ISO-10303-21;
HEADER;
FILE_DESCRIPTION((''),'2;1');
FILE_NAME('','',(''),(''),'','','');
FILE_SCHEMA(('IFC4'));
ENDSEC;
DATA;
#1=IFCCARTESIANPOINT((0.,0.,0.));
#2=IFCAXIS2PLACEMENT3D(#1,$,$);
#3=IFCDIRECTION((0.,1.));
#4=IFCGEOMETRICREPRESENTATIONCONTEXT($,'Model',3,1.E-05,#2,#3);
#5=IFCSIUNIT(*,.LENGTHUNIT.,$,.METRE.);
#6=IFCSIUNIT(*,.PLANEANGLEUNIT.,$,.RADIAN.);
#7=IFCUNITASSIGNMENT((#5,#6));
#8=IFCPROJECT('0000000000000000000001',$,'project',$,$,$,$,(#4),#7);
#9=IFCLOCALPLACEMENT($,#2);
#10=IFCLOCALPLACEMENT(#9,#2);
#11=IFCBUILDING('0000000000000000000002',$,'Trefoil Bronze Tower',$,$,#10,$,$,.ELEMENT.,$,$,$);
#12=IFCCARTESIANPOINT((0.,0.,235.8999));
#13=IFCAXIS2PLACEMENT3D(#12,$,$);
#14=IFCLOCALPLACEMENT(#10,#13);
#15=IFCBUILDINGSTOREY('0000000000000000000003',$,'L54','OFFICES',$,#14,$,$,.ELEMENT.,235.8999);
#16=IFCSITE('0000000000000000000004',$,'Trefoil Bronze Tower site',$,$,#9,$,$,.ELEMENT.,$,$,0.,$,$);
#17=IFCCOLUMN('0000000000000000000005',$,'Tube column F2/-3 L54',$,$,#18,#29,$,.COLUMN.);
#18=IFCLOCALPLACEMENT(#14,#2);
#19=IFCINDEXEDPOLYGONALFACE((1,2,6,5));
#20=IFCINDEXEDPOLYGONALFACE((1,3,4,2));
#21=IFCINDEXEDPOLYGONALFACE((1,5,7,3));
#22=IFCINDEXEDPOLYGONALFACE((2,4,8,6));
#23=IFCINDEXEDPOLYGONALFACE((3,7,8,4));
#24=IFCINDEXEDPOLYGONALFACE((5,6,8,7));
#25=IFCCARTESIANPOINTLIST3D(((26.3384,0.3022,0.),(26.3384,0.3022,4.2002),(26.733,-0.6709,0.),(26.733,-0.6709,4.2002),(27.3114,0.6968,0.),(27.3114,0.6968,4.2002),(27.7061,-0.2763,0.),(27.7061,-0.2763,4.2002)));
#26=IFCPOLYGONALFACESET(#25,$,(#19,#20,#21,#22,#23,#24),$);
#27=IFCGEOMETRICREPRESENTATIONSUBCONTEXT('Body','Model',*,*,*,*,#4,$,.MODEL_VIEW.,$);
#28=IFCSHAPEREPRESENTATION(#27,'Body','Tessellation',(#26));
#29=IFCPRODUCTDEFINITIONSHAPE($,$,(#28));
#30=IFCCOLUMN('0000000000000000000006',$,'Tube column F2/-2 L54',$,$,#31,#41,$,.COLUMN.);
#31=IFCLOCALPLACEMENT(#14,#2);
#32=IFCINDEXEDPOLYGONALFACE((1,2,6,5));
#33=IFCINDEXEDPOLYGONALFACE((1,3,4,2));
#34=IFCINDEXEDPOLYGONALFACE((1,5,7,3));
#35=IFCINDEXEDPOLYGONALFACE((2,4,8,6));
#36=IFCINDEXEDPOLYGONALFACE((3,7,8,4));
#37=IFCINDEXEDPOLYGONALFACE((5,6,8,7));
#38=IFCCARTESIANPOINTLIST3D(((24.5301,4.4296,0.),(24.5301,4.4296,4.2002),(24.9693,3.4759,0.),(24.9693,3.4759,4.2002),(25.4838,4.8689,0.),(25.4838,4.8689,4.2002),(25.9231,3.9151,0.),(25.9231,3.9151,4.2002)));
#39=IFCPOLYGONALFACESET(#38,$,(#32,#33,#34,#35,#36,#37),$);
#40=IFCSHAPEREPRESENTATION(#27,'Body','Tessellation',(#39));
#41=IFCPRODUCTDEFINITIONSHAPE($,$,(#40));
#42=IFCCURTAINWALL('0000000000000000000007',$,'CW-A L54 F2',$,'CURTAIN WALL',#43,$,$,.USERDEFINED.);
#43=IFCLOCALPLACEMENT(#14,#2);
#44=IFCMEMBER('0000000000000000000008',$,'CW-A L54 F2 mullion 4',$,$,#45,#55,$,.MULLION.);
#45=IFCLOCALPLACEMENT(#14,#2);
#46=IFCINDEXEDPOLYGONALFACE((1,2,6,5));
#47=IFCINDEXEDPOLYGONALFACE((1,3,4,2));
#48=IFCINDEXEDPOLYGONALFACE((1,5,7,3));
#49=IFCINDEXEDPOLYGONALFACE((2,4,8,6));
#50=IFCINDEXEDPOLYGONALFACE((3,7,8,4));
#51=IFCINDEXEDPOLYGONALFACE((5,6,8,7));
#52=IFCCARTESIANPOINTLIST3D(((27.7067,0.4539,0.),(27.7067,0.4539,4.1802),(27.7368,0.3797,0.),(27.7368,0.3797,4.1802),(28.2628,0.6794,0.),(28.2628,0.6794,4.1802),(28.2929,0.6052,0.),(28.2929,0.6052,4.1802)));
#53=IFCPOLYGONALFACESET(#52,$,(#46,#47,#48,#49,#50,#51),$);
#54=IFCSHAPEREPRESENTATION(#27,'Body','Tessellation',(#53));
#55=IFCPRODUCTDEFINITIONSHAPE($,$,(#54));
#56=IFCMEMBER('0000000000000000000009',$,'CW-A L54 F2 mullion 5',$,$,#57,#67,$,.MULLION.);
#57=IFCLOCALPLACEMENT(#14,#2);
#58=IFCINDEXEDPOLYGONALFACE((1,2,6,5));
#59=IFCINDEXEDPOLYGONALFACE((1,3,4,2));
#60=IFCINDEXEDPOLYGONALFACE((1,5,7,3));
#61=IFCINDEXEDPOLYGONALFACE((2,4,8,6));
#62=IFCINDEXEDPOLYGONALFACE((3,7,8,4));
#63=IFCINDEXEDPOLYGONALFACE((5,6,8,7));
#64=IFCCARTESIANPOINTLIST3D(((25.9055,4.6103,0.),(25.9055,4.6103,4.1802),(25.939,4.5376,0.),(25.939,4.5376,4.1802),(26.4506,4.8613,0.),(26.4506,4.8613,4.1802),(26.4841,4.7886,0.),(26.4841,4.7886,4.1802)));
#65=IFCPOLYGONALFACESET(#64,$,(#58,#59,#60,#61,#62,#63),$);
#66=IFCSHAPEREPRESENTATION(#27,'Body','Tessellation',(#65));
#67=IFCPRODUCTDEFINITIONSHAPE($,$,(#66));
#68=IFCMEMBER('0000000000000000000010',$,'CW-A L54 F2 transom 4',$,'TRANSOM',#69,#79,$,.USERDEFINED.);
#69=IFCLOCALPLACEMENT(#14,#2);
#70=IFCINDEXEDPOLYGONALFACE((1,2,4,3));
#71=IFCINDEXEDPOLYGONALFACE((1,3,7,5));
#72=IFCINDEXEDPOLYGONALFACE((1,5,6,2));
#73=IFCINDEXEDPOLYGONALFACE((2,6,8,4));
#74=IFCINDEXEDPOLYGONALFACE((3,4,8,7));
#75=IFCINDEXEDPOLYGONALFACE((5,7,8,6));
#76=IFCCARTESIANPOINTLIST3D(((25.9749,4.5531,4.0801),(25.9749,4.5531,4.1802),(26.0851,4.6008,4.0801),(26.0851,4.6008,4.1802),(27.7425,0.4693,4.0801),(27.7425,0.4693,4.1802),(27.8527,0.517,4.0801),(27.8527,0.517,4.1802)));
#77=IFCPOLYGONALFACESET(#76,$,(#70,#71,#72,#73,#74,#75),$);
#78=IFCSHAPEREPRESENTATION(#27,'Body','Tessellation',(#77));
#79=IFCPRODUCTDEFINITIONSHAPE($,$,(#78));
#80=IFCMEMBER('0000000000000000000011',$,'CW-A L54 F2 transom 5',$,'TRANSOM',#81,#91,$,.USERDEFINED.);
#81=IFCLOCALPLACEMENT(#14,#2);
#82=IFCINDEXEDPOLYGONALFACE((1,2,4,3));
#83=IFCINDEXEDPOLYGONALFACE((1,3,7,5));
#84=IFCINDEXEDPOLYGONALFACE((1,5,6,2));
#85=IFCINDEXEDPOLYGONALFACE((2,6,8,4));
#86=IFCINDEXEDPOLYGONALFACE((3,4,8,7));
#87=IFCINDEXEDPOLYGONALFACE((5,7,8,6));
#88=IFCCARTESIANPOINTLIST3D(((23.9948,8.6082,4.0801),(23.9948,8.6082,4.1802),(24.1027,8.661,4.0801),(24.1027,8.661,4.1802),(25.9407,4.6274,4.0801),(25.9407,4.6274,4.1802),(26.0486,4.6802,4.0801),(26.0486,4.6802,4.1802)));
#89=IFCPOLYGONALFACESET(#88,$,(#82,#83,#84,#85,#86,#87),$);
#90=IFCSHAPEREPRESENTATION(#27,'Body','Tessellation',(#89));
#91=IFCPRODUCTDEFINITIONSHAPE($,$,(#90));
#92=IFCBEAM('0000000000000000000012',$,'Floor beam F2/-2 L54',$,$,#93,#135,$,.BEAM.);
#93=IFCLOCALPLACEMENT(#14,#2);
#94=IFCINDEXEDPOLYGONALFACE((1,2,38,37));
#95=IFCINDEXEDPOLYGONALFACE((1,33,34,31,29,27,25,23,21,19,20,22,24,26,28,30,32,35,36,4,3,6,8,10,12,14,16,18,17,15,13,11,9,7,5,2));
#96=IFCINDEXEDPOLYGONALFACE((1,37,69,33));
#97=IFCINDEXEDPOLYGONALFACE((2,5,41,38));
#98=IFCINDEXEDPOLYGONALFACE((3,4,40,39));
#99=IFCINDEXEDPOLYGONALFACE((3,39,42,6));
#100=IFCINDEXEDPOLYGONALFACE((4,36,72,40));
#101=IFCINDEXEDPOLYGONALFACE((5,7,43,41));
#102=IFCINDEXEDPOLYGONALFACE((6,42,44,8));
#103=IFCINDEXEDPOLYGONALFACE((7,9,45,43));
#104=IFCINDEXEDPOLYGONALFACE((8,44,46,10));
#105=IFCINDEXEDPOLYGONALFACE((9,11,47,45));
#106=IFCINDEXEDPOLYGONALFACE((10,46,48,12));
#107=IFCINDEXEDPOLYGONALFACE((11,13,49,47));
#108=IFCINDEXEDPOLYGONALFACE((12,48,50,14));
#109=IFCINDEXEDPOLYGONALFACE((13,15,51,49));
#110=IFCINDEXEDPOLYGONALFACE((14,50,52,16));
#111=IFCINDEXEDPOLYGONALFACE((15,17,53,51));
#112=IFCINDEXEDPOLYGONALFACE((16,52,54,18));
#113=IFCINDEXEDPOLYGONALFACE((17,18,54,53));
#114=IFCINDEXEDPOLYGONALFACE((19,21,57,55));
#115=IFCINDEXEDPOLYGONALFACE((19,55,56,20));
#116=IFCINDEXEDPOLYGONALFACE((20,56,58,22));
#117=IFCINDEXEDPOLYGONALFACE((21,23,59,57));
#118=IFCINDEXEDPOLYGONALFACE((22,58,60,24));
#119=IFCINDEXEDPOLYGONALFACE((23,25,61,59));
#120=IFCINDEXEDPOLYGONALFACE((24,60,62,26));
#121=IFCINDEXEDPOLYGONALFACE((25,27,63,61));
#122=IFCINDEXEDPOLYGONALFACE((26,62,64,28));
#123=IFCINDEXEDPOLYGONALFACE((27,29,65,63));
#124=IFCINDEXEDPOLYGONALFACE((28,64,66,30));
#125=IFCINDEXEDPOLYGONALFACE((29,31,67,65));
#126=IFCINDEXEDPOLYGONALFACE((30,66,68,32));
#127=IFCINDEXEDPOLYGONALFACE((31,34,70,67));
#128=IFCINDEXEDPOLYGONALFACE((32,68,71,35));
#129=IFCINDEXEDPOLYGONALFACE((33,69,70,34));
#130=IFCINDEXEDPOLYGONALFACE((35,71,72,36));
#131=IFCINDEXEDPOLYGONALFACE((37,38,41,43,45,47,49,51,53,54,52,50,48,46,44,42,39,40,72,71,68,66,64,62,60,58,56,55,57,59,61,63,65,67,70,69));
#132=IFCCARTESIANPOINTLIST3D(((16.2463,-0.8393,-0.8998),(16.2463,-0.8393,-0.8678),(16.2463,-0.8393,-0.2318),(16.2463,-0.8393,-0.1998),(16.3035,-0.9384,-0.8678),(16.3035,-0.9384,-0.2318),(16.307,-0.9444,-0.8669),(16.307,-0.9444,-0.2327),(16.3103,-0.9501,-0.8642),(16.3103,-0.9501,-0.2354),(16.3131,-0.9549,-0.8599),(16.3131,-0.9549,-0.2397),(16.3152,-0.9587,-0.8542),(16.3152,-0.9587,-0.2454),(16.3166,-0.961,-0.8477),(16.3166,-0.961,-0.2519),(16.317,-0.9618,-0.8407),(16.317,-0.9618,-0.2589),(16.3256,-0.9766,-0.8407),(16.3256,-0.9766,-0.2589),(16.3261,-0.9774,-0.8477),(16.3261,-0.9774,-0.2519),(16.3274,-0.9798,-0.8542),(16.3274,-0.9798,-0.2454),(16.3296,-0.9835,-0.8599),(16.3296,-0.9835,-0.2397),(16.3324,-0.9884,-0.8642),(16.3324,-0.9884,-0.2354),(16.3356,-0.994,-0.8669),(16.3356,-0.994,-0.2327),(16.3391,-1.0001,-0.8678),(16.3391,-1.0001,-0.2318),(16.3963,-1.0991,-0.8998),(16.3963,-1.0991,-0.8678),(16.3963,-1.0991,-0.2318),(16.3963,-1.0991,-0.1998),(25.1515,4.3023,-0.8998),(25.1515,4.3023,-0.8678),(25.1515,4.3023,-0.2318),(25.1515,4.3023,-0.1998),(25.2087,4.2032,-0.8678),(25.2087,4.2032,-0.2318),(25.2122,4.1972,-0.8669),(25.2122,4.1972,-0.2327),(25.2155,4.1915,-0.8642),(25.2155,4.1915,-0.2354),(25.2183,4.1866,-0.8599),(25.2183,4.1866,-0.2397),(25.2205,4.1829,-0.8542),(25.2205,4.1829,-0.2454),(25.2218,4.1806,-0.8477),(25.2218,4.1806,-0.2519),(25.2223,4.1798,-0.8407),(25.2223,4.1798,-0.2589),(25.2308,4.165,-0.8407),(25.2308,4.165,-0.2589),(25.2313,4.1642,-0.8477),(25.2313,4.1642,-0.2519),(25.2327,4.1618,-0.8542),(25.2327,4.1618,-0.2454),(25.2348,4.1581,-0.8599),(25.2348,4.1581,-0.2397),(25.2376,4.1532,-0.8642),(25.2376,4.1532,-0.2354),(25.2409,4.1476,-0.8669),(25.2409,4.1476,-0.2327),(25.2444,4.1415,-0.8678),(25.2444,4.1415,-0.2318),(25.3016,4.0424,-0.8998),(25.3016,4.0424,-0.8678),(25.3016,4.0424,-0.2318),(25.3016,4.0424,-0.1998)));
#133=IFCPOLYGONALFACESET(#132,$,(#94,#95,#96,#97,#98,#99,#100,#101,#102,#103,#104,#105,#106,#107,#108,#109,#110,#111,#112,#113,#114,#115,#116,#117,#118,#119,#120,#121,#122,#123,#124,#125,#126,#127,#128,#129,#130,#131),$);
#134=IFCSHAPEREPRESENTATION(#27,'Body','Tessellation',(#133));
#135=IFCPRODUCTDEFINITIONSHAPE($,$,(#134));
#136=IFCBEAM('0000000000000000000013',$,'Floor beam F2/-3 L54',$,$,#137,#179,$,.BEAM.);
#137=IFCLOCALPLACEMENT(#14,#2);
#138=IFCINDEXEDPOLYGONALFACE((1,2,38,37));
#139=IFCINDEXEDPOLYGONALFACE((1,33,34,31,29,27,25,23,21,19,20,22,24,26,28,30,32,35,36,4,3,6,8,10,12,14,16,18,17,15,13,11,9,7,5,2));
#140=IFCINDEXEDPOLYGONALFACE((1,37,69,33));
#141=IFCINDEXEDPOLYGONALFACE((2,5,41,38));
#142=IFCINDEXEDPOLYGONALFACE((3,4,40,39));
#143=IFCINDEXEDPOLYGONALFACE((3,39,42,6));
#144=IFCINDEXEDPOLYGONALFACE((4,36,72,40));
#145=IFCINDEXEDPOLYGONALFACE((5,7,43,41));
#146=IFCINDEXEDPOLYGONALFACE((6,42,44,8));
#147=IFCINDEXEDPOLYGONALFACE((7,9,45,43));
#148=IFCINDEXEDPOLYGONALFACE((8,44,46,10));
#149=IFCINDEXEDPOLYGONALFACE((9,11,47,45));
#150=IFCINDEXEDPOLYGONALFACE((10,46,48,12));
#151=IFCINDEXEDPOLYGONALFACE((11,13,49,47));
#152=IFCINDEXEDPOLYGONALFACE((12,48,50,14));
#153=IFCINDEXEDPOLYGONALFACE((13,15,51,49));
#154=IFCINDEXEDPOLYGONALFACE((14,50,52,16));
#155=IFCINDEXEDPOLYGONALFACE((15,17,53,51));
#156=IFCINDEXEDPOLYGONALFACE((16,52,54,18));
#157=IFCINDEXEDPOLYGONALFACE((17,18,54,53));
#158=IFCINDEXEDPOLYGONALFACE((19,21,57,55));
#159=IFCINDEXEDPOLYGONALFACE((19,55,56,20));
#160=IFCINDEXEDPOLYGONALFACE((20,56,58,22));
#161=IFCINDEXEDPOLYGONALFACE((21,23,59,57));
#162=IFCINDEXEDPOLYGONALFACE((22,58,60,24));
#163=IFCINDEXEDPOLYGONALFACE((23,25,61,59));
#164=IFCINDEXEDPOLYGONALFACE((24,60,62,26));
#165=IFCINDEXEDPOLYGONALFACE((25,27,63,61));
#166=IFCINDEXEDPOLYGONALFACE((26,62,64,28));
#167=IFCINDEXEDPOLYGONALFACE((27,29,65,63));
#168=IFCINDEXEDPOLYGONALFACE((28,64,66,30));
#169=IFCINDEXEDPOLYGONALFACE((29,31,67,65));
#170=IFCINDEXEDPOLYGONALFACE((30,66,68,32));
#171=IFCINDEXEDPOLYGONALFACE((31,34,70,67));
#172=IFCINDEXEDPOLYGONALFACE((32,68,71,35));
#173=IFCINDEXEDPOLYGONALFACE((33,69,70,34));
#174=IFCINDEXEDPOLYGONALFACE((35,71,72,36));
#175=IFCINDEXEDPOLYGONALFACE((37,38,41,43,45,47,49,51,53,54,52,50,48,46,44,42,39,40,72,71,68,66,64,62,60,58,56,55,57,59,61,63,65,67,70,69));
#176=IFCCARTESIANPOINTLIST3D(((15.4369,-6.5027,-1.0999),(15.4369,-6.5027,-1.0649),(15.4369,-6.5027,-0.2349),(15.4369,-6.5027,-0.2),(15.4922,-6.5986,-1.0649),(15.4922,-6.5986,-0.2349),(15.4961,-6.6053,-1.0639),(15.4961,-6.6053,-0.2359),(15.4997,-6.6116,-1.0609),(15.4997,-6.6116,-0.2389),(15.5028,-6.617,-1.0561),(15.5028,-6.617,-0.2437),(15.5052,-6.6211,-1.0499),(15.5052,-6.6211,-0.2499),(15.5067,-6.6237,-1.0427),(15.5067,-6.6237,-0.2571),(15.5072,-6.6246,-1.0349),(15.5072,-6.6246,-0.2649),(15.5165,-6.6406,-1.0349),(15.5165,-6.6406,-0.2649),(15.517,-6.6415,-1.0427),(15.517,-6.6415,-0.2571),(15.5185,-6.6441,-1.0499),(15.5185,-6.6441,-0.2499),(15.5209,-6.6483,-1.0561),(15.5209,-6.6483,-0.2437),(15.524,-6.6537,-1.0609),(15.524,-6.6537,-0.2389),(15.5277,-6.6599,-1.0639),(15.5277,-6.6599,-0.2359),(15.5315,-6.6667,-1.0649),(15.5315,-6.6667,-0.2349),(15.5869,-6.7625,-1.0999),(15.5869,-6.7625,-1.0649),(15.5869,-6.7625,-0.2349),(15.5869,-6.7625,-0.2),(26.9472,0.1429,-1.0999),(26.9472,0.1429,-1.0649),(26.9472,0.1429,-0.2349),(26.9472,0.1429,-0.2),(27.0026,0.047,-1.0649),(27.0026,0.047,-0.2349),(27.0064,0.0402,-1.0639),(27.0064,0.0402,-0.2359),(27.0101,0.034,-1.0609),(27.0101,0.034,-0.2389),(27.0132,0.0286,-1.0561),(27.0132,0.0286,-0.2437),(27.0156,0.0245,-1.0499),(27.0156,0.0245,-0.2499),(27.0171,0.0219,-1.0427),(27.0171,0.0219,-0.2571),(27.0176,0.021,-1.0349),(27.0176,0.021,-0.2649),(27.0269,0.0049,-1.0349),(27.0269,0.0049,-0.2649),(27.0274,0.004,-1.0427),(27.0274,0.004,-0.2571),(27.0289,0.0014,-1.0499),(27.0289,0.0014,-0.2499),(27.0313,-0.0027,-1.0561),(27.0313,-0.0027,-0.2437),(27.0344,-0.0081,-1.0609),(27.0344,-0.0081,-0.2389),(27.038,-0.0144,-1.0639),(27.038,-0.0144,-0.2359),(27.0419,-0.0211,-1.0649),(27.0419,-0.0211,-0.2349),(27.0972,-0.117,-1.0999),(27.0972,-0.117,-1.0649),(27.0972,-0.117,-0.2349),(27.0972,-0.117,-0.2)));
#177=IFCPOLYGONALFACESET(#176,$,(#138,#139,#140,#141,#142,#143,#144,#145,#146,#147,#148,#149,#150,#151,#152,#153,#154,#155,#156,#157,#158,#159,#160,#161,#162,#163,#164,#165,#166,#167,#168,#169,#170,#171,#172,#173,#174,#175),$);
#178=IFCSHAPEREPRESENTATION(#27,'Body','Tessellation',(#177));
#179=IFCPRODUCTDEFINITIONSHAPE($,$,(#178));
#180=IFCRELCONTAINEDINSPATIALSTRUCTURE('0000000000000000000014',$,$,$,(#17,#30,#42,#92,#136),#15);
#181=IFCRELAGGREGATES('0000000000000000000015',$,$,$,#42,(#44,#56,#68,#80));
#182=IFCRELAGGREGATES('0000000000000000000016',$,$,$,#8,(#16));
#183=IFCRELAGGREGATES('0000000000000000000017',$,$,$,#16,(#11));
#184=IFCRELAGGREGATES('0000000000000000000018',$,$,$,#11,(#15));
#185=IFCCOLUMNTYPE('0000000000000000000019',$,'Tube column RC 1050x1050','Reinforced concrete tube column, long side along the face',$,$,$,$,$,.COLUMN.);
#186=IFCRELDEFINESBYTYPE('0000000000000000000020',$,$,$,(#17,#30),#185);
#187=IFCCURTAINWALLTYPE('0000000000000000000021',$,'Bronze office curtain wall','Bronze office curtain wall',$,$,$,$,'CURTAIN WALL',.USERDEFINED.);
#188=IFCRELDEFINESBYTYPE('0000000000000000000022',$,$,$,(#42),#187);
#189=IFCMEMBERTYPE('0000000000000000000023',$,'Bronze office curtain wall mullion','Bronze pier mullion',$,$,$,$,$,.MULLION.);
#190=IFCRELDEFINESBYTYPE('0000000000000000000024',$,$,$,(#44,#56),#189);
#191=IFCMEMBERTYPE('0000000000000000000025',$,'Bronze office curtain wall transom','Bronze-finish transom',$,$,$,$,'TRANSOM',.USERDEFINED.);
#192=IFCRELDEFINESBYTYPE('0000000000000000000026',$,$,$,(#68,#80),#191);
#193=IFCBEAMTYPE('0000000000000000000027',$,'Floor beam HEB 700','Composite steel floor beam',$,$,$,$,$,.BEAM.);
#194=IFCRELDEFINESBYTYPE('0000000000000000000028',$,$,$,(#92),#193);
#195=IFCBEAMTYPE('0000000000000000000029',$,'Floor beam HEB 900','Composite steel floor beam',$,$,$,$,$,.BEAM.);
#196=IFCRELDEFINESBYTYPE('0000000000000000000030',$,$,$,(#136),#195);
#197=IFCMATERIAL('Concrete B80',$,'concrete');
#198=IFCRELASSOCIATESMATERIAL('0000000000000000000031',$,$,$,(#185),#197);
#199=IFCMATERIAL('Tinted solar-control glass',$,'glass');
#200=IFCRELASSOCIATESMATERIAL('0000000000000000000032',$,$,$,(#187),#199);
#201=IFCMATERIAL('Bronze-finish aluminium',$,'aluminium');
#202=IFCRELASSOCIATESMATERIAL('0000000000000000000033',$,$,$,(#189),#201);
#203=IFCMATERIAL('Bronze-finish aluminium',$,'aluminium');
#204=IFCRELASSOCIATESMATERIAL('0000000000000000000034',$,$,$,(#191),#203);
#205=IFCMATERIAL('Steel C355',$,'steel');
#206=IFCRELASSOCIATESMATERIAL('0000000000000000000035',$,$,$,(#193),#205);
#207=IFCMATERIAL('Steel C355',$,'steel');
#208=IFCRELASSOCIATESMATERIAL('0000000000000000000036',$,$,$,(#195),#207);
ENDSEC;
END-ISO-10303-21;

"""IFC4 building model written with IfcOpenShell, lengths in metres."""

from ifc_helpers import new_model, si_unit, direction, frame, origin, origin_2d, place, context, subcontext, project, spatial, rectangle, i_section, extrude, material, material_profile, profile_set, type_object, element, aggregate, save


model = new_model("IFC4")

# Units and contexts
model_context = context("Model", 3, precision=1e-05, world=origin(), true_north=direction((0.0, 1.0)))
body_context = subcontext(model_context, "Body", "Model", "MODEL_VIEW")
ifc_project = project(units=[si_unit("LENGTHUNIT", "METRE"), si_unit("PLANEANGLEUNIT", "RADIAN")], contexts=[model_context])

# Site, building, storey
site_placement = place(None, origin())
site = spatial("IfcSite", under=ifc_project, at=site_placement, Name="Trefoil Bronze Tower site", CompositionType="ELEMENT", RefElevation=0.0)
building_placement = place(site_placement, origin())
building = spatial("IfcBuilding", under=site, at=building_placement, Name="Trefoil Bronze Tower", CompositionType="ELEMENT")
storey_placement = place(building_placement, frame((0.0, 0.0, 235.8999)))
storey = spatial("IfcBuildingStorey", under=building, at=storey_placement, Name="L54", Description="OFFICES", CompositionType="ELEMENT", Elevation=235.8999)

# Columns
ifc_material_1 = material(Name="Concrete B80", Category="concrete")
ifc_material_profile_1 = material_profile(ifc_material_1, rectangle(XDim=1.05, YDim=1.05, at=origin_2d()), Name="RC 1050x1050")
ifc_profile_set_1 = profile_set([ifc_material_profile_1], Name="Concrete B80")
column_type = type_object("IfcColumnType", Name="Tube column RC 1050x1050", Description="Reinforced concrete tube column, long side along the face", PredefinedType="COLUMN", material=ifc_profile_set_1)
for number, where, z_axis, x_axis, name in (
    (1, (27.0222, 0.0129, 0.0), (0.0, 0.0, 1.0), (-0.375828, 0.926689, 0.0), "Tube column F2/-3 L54"),
    (2, (25.2266, 4.1724, 0.0), (0.0, 0.0, 1.0), (-0.418286, 0.908315, 0.0), "Tube column F2/-2 L54"),
):
    element("IfcColumn", number, at=place(storey_placement, frame(where, z_axis=z_axis, x_axis=x_axis)), inside=storey, type_object=column_type, Name=name, PredefinedType="COLUMN", context=body_context, shape_type="SweptSolid", body=[
        extrude(rectangle(XDim=1.05, YDim=1.05, at=origin_2d()), origin(), (0.0, 0.0, 1.0), 4.2002),
    ])

# Curtain wall, members
ifc_material_2 = material(Name="Tinted solar-control glass", Category="glass")
curtain_wall_type = type_object("IfcCurtainWallType", Name="Bronze office curtain wall", Description="Bronze office curtain wall", ElementType="CURTAIN WALL", PredefinedType="USERDEFINED", material=ifc_material_2)
curtain_wall_placement = place(storey_placement, origin())
curtain_wall = element("IfcCurtainWall", 3, at=curtain_wall_placement, inside=storey, type_object=curtain_wall_type, Name="CW-A L54 F2", ObjectType="CURTAIN WALL", PredefinedType="USERDEFINED")
ifc_material_3 = material(Name="Bronze-finish aluminium", Category="aluminium")
ifc_material_profile_2 = material_profile(ifc_material_3, rectangle(XDim=0.6001, YDim=0.0801, at=origin_2d()), Name="CW-A mullion")
ifc_profile_set_2 = profile_set([ifc_material_profile_2], Name="Bronze-finish aluminium")
member_type_1 = type_object("IfcMemberType", Name="Bronze office curtain wall mullion", Description="Bronze pier mullion", PredefinedType="MULLION", material=ifc_profile_set_2)
member_1_placement = place(storey_placement, frame((27.9998, 0.5295, 0.0), z_axis=(0.0, 0.0, 1.0), x_axis=(-0.926689, -0.375828, 0.0)))
member_1 = element("IfcMember", 4, at=member_1_placement, type_object=member_type_1, Name="CW-A L54 F2 mullion 4", PredefinedType="MULLION", context=body_context, shape_type="SweptSolid", body=[
    extrude(rectangle(XDim=0.6001, YDim=0.0801, at=origin_2d()), origin(), (0.0, 0.0, 1.0), 4.1802),
])
member_2_placement = place(storey_placement, frame((26.1948, 4.6995, 0.0), z_axis=(0.0, 0.0, 1.0), x_axis=(-0.908315, -0.418286, 0.0)))
member_2 = element("IfcMember", 5, at=member_2_placement, type_object=member_type_1, Name="CW-A L54 F2 mullion 5", PredefinedType="MULLION", context=body_context, shape_type="SweptSolid", body=[
    extrude(rectangle(XDim=0.6001, YDim=0.0801, at=origin_2d()), origin(), (0.0, 0.0, 1.0), 4.1802),
])
ifc_material_4 = material(Name="Bronze-finish aluminium", Category="aluminium")
ifc_material_profile_3 = material_profile(ifc_material_4, rectangle(XDim=0.1201, YDim=0.1001, at=origin_2d()), Name="CW-A transom")
ifc_profile_set_3 = profile_set([ifc_material_profile_3], Name="Bronze-finish aluminium")
member_type_2 = type_object("IfcMemberType", Name="Bronze office curtain wall transom", Description="Bronze-finish transom", ElementType="TRANSOM", PredefinedType="USERDEFINED", material=ifc_profile_set_3)
member_3_placement = place(storey_placement, frame((27.7976, 0.4932, 4.1301), z_axis=(-0.397221, 0.917723, 0.0), x_axis=(-0.917723, -0.397221, 0.0)))
member_3 = element("IfcMember", 6, at=member_3_placement, type_object=member_type_2, Name="CW-A L54 F2 transom 4", ObjectType="TRANSOM", PredefinedType="USERDEFINED", context=body_context, shape_type="SweptSolid", body=[
    extrude(rectangle(XDim=0.1201, YDim=0.1001, at=origin_2d()), origin(), (0.0, 0.0, 1.0), 4.45),
])
member_4_placement = place(storey_placement, frame((25.9946, 4.6538, 4.1301), z_axis=(-0.439151, 0.898413, 0.0), x_axis=(-0.898413, -0.439151, 0.0)))
member_4 = element("IfcMember", 7, at=member_4_placement, type_object=member_type_2, Name="CW-A L54 F2 transom 5", ObjectType="TRANSOM", PredefinedType="USERDEFINED", context=body_context, shape_type="SweptSolid", body=[
    extrude(rectangle(XDim=0.1201, YDim=0.1001, at=origin_2d()), origin(), (0.0, 0.0, 1.0), 4.4309),
])

# Beams
ifc_material_5 = material(Name="Steel C355", Category="steel")
ifc_material_profile_4 = material_profile(ifc_material_5, i_section(OverallWidth=0.3, OverallDepth=0.7, WebThickness=0.0171, FlangeThickness=0.032, FilletRadius=0.0271, at=origin_2d()), Name="HEB 700")
ifc_profile_set_4 = profile_set([ifc_material_profile_4], Name="Steel C355")
beam_type_1 = type_object("IfcBeamType", Name="Floor beam HEB 700", Description="Composite steel floor beam", PredefinedType="BEAM", material=ifc_profile_set_4)
beam_1_placement = place(storey_placement, frame((25.2266, 4.1724, -0.5498), z_axis=(-0.86602, -0.50001, 0.0), x_axis=(0.50001, -0.86602, 0.0)))
element("IfcBeam", 8, at=beam_1_placement, inside=storey, type_object=beam_type_1, Name="Floor beam F2/-2 L54", PredefinedType="BEAM", context=body_context, shape_type="SweptSolid", body=[
    extrude(i_section(OverallWidth=0.3, OverallDepth=0.7, WebThickness=0.0171, FlangeThickness=0.032, FilletRadius=0.0271, at=origin_2d()), origin(), (0.0, 0.0, 1.0), 10.283),
])
ifc_material_6 = material(Name="Steel C355", Category="steel")
ifc_material_profile_5 = material_profile(ifc_material_6, i_section(OverallWidth=0.3, OverallDepth=0.8999, WebThickness=0.0186, FlangeThickness=0.0349, FilletRadius=0.03, at=origin_2d()), Name="HEB 900")
ifc_profile_set_5 = profile_set([ifc_material_profile_5], Name="Steel C355")
beam_type_2 = type_object("IfcBeamType", Name="Floor beam HEB 900", Description="Composite steel floor beam", PredefinedType="BEAM", material=ifc_profile_set_5)
beam_2_placement = place(storey_placement, frame((27.0222, 0.0129, -0.6499), z_axis=(-0.866023, -0.500003, 0.0), x_axis=(0.500003, -0.866023, 0.0)))
element("IfcBeam", 9, at=beam_2_placement, inside=storey, type_object=beam_type_2, Name="Floor beam F2/-3 L54", PredefinedType="BEAM", context=body_context, shape_type="SweptSolid", body=[
    extrude(i_section(OverallWidth=0.3, OverallDepth=0.8999, WebThickness=0.0186, FlangeThickness=0.0349, FilletRadius=0.03, at=origin_2d()), origin(), (0.0, 0.0, 1.0), 13.291),
])

aggregate(curtain_wall, [member_1, member_2, member_3, member_4])

save(model, "model.ifc")
